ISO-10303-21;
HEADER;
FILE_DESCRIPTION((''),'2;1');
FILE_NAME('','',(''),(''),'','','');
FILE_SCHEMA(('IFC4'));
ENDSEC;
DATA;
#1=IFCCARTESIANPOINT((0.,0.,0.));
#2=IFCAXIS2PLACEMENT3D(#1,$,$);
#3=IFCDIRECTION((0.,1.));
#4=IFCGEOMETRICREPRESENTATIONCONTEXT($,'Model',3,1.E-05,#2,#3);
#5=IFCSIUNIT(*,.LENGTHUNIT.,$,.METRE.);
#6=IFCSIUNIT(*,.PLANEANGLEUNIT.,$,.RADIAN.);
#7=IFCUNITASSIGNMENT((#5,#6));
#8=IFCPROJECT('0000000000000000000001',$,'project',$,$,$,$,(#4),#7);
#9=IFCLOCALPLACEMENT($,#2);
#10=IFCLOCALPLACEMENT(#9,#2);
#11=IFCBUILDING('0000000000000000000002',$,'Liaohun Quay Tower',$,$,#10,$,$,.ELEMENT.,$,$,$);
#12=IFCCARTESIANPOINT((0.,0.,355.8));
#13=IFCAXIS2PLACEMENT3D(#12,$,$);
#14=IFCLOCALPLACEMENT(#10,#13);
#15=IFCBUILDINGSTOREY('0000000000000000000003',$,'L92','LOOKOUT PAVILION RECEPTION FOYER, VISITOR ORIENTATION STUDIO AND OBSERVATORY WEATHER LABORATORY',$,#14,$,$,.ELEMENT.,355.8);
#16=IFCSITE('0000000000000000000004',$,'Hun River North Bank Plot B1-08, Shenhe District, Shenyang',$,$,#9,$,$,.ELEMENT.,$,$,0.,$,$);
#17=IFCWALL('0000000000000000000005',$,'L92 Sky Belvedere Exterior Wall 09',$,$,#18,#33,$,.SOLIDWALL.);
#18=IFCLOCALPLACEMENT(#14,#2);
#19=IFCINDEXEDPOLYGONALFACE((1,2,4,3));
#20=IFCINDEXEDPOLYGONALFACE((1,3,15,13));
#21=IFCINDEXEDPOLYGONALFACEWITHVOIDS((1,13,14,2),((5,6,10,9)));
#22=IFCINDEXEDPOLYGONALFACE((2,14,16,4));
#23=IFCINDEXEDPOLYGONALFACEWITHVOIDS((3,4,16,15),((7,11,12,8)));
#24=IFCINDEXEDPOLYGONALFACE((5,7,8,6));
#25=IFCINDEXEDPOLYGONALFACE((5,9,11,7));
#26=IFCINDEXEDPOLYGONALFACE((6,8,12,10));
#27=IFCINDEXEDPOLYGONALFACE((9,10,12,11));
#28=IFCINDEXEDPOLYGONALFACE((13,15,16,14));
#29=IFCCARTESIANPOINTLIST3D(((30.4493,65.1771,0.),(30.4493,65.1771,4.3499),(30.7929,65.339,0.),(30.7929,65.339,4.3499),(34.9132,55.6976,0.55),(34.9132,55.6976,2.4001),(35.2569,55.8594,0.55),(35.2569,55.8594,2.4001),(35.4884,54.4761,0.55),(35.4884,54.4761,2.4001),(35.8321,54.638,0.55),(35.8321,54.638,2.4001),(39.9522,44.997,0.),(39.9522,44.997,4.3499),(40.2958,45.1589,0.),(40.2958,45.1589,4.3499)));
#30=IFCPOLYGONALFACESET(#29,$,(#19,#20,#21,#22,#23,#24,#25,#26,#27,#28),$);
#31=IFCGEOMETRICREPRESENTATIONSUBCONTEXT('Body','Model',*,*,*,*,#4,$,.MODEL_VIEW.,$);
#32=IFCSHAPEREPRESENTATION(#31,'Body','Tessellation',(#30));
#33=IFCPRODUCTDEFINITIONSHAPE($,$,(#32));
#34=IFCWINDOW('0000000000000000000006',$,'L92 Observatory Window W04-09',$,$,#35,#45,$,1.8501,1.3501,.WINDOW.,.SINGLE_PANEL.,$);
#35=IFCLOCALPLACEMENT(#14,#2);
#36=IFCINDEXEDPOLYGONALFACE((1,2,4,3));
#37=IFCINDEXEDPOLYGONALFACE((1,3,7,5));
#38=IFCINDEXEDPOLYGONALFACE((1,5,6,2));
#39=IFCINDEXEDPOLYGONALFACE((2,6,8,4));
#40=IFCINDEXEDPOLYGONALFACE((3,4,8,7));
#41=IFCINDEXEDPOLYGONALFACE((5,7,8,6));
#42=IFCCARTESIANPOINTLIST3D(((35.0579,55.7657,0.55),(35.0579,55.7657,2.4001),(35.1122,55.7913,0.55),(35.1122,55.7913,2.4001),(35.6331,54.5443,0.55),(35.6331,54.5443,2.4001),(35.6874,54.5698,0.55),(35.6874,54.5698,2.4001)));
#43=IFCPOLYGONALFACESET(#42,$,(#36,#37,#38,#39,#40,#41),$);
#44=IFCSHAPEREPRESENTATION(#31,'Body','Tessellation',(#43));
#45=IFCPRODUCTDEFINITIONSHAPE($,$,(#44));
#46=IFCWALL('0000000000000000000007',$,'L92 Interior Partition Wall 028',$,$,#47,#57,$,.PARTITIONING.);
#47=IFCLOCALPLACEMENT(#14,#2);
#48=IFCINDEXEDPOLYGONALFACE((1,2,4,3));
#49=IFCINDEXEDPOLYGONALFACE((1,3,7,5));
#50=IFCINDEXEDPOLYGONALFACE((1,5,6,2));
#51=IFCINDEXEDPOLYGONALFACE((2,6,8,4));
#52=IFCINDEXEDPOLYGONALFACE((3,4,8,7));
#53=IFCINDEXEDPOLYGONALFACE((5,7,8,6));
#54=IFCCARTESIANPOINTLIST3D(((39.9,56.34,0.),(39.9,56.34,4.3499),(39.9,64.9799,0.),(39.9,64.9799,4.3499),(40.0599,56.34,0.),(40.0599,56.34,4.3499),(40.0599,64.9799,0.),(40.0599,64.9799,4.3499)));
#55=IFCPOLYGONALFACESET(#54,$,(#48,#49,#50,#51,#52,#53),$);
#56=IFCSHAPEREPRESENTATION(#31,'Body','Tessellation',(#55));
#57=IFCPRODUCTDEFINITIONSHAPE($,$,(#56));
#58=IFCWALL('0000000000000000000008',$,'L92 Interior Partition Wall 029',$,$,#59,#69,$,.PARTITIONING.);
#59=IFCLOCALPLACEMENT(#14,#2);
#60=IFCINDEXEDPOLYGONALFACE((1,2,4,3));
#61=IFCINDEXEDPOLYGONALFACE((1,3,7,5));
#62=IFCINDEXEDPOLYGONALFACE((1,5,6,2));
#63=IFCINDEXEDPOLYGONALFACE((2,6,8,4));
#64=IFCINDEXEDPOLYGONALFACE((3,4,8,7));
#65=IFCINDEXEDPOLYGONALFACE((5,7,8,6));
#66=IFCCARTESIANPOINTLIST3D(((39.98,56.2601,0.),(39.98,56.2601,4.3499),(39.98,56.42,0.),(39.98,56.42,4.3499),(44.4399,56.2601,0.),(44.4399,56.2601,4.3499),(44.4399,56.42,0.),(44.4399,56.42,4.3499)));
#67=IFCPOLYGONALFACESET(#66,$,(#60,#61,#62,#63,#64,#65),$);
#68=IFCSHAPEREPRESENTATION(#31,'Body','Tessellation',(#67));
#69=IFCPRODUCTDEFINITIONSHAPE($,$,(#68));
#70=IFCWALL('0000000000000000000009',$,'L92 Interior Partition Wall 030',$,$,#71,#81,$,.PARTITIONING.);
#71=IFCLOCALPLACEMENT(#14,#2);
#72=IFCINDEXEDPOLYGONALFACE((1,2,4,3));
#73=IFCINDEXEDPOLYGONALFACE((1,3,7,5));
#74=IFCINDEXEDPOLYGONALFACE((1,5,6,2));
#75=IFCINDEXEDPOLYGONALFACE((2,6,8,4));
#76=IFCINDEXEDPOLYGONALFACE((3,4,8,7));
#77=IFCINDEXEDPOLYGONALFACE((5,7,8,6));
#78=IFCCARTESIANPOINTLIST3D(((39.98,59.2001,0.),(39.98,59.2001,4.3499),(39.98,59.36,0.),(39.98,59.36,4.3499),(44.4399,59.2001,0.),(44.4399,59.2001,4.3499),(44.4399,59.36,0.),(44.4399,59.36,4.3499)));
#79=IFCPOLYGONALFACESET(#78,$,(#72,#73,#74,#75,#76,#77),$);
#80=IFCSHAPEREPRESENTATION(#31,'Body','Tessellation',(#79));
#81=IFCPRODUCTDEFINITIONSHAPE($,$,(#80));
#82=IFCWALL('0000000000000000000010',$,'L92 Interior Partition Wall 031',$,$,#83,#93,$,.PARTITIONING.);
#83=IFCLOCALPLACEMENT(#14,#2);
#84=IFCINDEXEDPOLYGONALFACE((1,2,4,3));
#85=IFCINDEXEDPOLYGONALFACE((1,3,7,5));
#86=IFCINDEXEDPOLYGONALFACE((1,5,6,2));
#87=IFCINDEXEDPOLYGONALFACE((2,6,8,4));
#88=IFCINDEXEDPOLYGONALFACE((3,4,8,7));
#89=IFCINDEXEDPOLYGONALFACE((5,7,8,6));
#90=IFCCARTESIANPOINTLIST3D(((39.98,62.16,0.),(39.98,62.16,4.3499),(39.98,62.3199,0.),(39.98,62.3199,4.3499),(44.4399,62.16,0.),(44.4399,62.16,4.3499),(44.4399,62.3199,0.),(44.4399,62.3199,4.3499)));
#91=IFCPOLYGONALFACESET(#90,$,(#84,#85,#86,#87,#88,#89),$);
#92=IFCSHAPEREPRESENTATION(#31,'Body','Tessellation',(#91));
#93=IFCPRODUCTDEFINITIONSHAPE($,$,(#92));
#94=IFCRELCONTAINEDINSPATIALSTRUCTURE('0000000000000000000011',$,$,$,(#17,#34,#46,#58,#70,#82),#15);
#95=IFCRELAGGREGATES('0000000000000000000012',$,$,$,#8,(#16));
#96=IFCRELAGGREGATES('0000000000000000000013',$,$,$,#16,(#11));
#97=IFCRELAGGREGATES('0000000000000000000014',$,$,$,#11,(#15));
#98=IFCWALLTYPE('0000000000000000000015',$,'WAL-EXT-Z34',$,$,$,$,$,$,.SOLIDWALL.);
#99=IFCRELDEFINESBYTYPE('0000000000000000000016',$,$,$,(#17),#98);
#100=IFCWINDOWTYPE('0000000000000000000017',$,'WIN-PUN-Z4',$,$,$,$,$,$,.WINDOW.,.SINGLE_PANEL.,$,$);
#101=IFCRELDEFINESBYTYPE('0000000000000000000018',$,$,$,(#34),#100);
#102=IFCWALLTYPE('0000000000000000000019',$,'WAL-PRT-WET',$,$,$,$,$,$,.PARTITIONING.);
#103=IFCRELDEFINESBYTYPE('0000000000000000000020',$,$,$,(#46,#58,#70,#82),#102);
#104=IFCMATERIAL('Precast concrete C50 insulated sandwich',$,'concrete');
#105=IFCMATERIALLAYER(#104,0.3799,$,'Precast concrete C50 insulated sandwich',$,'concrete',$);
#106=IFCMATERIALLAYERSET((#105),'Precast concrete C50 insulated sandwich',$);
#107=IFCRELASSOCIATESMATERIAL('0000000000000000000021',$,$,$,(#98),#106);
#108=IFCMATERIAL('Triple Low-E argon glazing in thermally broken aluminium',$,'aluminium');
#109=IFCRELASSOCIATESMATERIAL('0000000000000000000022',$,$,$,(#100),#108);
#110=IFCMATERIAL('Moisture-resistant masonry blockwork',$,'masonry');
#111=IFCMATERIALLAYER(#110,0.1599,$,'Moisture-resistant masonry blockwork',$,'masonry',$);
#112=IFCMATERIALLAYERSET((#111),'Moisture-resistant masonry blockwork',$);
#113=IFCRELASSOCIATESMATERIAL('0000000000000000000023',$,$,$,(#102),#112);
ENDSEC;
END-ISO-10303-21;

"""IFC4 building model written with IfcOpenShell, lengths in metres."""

from ifc_helpers import new_model, si_unit, direction, frame, frame_2d, origin, place, context, subcontext, project, spatial, rectangle, extrude, source, transform, mapped, material, layer, layer_set, type_object, element, fill, save


model = new_model("IFC4")

# Units and contexts
model_context = context("Model", 3, precision=1e-05, world=origin(), true_north=direction((0.0, 1.0)))
body_context = subcontext(model_context, "Body", "Model", "MODEL_VIEW")
ifc_project = project(units=[si_unit("LENGTHUNIT", "METRE"), si_unit("PLANEANGLEUNIT", "RADIAN")], contexts=[model_context])

# Site, building, storey
site_placement = place(None, origin())
site = spatial("IfcSite", under=ifc_project, at=site_placement, Name="Hun River North Bank Plot B1-08, Shenhe District, Shenyang", CompositionType="ELEMENT", RefElevation=0.0)
building_placement = place(site_placement, origin())
building = spatial("IfcBuilding", under=site, at=building_placement, Name="Liaohun Quay Tower", CompositionType="ELEMENT")
storey_placement = place(building_placement, frame((0.0, 0.0, 355.8)))
storey = spatial("IfcBuildingStorey", under=building, at=storey_placement, Name="L92", Description="LOOKOUT PAVILION RECEPTION FOYER, VISITOR ORIENTATION STUDIO AND OBSERVATORY WEATHER LABORATORY", CompositionType="ELEMENT", Elevation=355.8)

# Wall, opening, window
ifc_material_1 = material(Name="Precast concrete C50 insulated sandwich", Category="concrete")
ifc_layer_1 = layer(ifc_material_1, 0.3799, Name="Precast concrete C50 insulated sandwich", Category="concrete")
ifc_layer_set_1 = layer_set([ifc_layer_1], Name="Precast concrete C50 insulated sandwich")
wall_type_1 = type_object("IfcWallType", Name="WAL-EXT-Z34", PredefinedType="SOLIDWALL", material=ifc_layer_set_1)
shared_shape_1 = source(origin(), body_context, "Body", "SweptSolid", [
    extrude(rectangle(XDim=1.3501, YDim=1.8501, at=frame_2d((0.675, 0.925))), frame((0.0, 0.2, 0.0), z_axis=(0.0, -1.0, 0.0), x_axis=(1.0, 0.0, 0.0)), (0.0, 0.0, 1.0), 0.3999),
])
ifc_material_2 = material(Name="Triple Low-E argon glazing in thermally broken aluminium", Category="aluminium")
window_type = type_object("IfcWindowType", Name="WIN-PUN-Z4", PartitioningType="SINGLE_PANEL", PredefinedType="WINDOW", material=ifc_material_2)
shared_shape_2 = source(origin(), body_context, "Body", "SweptSolid", [
    extrude(rectangle(XDim=1.3501, YDim=1.8501, at=frame_2d((0.675, 0.925))), frame((0.0, 0.03, 0.0), z_axis=(0.0, -1.0, 0.0), x_axis=(1.0, 0.0, 0.0)), (0.0, 0.0, 1.0), 0.0601),
])
wall_1_placement = place(storey_placement, frame((30.6211, 65.2581, 0.0), z_axis=(0.0, 0.0, 1.0), x_axis=(0.426031, -0.904709, 0.0)))
wall_1 = element("IfcWall", 1, at=wall_1_placement, inside=storey, type_object=wall_type_1, Name="L92 Sky Belvedere Exterior Wall 09", PredefinedType="SOLIDWALL", context=body_context, shape_type="SweptSolid", body=[
    extrude(rectangle(XDim=22.3057, YDim=0.3799, at=frame_2d((11.1528, 0.0))), origin(), (0.0, 0.0, 1.0), 4.3499),
])
opening_1_placement = place(wall_1_placement, frame((10.478, 0.0, 0.55)))
opening_1 = element("IfcOpeningElement", 2, at=opening_1_placement, cuts=wall_1, PredefinedType="OPENING", context=body_context, shape_type="MappedRepresentation", body=[
    mapped(shared_shape_1, transform((0.0, 0.0, 0.0), x_axis=(1.0, 0.0, 0.0), y_axis=(0.0, 1.0, 0.0), z_axis=(0.0, 0.0, 1.0), scale=1.0)),
])
window_1_placement = place(opening_1_placement, origin())
window_1 = element("IfcWindow", 3, at=window_1_placement, inside=storey, type_object=window_type, Name="L92 Observatory Window W04-09", OverallHeight=1.8501, OverallWidth=1.3501, PartitioningType="SINGLE_PANEL", PredefinedType="WINDOW", context=body_context, shape_type="MappedRepresentation", body=[
    mapped(shared_shape_2, transform((0.0, 0.0, 0.0), x_axis=(1.0, 0.0, 0.0), y_axis=(0.0, 1.0, 0.0), z_axis=(0.0, 0.0, 1.0), scale=1.0)),
])
fill(opening_1, window_1)

# Walls
ifc_material_3 = material(Name="Moisture-resistant masonry blockwork", Category="masonry")
ifc_layer_2 = layer(ifc_material_3, 0.1599, Name="Moisture-resistant masonry blockwork", Category="masonry")
ifc_layer_set_2 = layer_set([ifc_layer_2], Name="Moisture-resistant masonry blockwork")
wall_type_2 = type_object("IfcWallType", Name="WAL-PRT-WET", PredefinedType="PARTITIONING", material=ifc_layer_set_2)
wall_2_placement = place(storey_placement, frame((39.98, 56.3401, 0.0), z_axis=(0.0, 0.0, 1.0), x_axis=(0.0, 1.0, 0.0)))
element("IfcWall", 4, at=wall_2_placement, inside=storey, type_object=wall_type_2, Name="L92 Interior Partition Wall 028", PredefinedType="PARTITIONING", context=body_context, shape_type="SweptSolid", body=[
    extrude(rectangle(XDim=8.6399, YDim=0.1599, at=frame_2d((4.3198, 0.0))), origin(), (0.0, 0.0, 1.0), 4.3499),
])
for number, where, z_axis, x_axis, name in (
    (5, (39.98, 56.3401, 0.0), (0.0, 0.0, 1.0), (1.0, 0.0, 0.0), "L92 Interior Partition Wall 029"),
    (6, (39.98, 59.28, 0.0), (0.0, 0.0, 1.0), (1.0, 0.0, 0.0), "L92 Interior Partition Wall 030"),
    (7, (39.98, 62.24, 0.0), (0.0, 0.0, 1.0), (1.0, 0.0, 0.0), "L92 Interior Partition Wall 031"),
):
    element("IfcWall", number, at=place(storey_placement, frame(where, z_axis=z_axis, x_axis=x_axis)), inside=storey, type_object=wall_type_2, Name=name, PredefinedType="PARTITIONING", context=body_context, shape_type="SweptSolid", body=[
        extrude(rectangle(XDim=4.46, YDim=0.1599, at=frame_2d((2.23, 0.0))), origin(), (0.0, 0.0, 1.0), 4.3499),
    ])

save(model, "model.ifc")
